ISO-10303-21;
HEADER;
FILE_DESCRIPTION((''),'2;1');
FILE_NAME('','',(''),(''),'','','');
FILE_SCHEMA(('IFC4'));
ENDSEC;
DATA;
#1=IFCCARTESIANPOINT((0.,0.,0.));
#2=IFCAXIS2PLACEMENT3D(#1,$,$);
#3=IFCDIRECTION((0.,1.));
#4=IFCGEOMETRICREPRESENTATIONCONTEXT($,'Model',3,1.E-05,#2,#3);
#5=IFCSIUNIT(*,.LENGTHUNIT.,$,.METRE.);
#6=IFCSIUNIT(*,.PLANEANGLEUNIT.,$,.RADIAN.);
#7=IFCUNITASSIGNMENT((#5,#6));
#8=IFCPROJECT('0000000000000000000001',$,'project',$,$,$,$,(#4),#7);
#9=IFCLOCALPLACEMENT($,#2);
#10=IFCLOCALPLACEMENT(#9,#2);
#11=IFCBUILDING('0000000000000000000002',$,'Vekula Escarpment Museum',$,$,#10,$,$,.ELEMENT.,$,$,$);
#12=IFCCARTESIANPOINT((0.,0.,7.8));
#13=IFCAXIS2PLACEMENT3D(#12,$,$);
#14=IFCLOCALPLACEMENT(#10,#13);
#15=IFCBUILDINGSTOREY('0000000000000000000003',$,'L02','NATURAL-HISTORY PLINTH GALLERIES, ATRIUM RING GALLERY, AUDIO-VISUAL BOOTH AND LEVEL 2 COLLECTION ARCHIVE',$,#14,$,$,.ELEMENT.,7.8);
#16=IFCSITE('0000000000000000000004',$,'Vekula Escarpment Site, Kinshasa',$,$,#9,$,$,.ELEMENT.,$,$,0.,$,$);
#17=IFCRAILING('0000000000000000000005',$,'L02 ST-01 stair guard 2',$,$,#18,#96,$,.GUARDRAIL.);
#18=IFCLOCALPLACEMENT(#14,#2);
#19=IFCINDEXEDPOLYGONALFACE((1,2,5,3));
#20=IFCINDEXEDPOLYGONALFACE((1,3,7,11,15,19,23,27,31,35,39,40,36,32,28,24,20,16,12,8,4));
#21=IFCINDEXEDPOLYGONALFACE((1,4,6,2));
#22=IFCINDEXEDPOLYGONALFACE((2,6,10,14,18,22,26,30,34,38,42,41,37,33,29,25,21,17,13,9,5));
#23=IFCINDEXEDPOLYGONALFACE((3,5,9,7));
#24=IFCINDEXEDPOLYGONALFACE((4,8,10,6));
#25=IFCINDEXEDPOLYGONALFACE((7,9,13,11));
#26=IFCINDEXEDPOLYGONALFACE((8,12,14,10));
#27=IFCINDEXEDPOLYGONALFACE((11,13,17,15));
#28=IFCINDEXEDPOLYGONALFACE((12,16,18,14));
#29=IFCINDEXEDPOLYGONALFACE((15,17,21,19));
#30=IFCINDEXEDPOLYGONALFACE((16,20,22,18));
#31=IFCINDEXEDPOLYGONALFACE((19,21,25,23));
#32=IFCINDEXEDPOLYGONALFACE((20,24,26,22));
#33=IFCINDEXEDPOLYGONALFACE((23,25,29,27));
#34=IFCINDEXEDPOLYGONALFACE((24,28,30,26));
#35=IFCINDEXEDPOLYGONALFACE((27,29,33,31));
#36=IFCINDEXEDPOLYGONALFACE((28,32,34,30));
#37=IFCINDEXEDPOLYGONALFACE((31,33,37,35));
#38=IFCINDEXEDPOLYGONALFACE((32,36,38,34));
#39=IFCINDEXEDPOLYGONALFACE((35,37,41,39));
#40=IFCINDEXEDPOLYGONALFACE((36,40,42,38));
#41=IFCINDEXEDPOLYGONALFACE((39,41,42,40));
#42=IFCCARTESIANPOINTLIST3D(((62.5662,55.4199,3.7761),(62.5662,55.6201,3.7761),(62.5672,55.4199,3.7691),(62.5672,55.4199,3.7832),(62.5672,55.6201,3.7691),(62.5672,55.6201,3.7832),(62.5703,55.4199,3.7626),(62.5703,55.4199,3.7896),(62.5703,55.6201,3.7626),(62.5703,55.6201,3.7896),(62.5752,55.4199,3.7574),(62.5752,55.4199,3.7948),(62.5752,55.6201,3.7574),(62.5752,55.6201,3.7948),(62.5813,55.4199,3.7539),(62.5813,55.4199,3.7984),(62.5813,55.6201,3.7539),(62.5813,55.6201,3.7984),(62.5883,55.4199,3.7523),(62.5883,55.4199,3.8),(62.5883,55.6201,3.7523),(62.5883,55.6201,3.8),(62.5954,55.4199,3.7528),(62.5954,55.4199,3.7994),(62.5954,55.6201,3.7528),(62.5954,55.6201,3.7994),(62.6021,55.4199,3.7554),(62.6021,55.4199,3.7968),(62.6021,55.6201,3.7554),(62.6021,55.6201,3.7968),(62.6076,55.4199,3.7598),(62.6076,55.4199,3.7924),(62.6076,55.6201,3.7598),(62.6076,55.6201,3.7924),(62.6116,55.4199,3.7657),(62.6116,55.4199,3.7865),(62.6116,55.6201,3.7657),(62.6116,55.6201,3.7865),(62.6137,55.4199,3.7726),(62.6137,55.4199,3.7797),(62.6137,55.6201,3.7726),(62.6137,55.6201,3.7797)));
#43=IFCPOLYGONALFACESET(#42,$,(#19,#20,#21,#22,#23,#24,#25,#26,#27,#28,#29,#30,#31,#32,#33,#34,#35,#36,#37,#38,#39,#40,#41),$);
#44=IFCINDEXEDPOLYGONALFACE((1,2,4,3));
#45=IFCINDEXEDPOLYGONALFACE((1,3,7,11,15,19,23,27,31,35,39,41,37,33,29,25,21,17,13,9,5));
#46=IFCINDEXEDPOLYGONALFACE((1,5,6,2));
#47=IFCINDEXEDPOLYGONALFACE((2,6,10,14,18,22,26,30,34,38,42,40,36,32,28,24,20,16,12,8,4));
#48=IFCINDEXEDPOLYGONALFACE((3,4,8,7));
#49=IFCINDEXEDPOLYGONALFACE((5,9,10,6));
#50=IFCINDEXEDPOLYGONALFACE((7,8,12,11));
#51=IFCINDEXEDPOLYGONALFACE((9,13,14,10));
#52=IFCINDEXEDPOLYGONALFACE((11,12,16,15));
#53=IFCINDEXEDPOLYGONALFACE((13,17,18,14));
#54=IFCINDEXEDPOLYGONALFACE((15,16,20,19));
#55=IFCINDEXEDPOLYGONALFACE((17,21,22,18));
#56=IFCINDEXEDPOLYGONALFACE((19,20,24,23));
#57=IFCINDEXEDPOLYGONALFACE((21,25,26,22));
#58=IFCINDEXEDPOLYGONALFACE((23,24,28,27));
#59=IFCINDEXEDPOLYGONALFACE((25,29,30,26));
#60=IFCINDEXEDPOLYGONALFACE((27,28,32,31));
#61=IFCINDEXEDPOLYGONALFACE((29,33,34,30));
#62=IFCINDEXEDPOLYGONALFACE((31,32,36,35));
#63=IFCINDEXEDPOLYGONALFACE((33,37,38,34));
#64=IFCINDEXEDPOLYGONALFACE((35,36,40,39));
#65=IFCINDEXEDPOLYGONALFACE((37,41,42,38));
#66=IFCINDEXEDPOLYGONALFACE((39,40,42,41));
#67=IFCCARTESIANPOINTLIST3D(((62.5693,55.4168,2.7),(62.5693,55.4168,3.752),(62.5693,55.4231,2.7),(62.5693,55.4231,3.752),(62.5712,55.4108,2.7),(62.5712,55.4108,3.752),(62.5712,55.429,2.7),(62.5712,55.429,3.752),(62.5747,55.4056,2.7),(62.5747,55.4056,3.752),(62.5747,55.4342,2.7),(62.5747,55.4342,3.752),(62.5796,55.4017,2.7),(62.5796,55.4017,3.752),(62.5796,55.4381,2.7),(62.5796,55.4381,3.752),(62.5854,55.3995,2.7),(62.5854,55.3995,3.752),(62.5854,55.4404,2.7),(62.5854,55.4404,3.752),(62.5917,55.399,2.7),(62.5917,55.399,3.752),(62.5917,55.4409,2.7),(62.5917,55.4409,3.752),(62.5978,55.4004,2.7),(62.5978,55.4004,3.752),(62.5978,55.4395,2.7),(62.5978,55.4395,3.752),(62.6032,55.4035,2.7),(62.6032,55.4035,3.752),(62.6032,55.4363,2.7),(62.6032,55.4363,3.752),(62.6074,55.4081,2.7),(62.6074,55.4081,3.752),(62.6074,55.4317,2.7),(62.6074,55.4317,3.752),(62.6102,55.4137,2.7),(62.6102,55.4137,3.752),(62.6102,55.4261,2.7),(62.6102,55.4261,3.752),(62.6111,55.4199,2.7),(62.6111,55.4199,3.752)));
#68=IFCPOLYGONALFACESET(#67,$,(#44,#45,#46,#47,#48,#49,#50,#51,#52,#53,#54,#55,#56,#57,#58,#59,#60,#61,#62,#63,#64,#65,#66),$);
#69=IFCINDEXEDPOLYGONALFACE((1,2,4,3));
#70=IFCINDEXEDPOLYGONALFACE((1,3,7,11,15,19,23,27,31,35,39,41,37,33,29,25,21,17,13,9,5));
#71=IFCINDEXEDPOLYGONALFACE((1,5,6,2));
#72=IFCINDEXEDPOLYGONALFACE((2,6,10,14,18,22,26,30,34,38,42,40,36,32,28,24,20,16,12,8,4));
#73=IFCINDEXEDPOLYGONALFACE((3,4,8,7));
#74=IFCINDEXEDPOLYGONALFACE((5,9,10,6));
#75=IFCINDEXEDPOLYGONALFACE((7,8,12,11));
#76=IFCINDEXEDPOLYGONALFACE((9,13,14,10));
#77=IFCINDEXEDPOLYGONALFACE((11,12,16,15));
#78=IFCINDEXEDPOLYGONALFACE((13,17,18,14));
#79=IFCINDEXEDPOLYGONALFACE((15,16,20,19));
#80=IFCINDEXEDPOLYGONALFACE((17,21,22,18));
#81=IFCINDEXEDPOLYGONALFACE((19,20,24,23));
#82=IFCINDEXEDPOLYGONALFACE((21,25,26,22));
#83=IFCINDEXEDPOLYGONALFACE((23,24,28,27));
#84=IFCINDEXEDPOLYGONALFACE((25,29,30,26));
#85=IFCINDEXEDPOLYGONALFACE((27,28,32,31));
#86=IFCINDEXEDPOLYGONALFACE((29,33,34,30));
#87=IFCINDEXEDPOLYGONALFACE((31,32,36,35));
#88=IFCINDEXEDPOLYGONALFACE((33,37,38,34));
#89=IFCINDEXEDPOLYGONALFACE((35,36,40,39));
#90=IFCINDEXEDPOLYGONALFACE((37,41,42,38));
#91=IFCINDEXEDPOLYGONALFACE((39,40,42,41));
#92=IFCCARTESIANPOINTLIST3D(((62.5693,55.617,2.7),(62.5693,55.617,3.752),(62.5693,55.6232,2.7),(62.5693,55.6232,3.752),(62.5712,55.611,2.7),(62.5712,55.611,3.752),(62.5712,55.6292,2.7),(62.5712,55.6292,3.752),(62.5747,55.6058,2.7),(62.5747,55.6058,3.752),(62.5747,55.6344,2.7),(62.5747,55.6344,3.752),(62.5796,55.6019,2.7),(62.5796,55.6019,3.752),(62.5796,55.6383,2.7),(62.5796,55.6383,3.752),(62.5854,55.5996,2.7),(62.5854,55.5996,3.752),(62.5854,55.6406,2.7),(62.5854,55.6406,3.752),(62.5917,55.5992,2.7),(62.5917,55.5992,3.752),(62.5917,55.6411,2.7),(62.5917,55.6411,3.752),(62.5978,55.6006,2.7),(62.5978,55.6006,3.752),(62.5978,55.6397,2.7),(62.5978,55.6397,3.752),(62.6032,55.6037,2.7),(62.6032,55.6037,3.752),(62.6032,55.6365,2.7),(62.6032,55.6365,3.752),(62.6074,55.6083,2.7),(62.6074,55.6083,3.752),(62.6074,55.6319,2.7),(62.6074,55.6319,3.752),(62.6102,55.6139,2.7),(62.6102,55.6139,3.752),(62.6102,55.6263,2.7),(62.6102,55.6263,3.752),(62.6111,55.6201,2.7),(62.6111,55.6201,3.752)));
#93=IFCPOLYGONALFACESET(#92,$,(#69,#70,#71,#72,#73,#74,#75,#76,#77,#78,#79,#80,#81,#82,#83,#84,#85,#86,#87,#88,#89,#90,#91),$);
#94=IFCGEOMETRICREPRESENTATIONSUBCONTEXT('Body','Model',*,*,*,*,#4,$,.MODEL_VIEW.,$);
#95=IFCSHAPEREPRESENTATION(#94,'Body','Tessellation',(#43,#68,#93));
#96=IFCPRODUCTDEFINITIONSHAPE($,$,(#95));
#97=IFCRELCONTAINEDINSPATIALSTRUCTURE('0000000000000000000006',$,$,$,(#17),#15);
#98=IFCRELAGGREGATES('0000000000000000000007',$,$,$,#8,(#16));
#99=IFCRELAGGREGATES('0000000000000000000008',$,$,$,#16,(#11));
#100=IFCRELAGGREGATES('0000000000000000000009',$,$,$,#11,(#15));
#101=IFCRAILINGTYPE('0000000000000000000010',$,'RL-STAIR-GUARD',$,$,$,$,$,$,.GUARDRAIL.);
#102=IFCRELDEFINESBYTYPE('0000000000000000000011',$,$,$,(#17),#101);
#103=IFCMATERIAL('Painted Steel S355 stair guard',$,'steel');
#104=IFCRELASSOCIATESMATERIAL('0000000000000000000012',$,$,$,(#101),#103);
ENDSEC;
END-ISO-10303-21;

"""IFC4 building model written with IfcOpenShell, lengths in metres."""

from ifc_helpers import new_model, si_unit, direction, frame, origin, origin_2d, place, context, subcontext, project, spatial, circle, extrude, material, type_object, element, save


model = new_model("IFC4")

# Units and contexts
model_context = context("Model", 3, precision=1e-05, world=origin(), true_north=direction((0.0, 1.0)))
body_context = subcontext(model_context, "Body", "Model", "MODEL_VIEW")
ifc_project = project(units=[si_unit("LENGTHUNIT", "METRE"), si_unit("PLANEANGLEUNIT", "RADIAN")], contexts=[model_context])

# Site, building, storey
site_placement = place(None, origin())
site = spatial("IfcSite", under=ifc_project, at=site_placement, Name="Vekula Escarpment Site, Kinshasa", CompositionType="ELEMENT", RefElevation=0.0)
building_placement = place(site_placement, origin())
building = spatial("IfcBuilding", under=site, at=building_placement, Name="Vekula Escarpment Museum", CompositionType="ELEMENT")
storey_placement = place(building_placement, frame((0.0, 0.0, 7.8)))
storey = spatial("IfcBuildingStorey", under=building, at=storey_placement, Name="L02", Description="NATURAL-HISTORY PLINTH GALLERIES, ATRIUM RING GALLERY, AUDIO-VISUAL BOOTH AND LEVEL 2 COLLECTION ARCHIVE", CompositionType="ELEMENT", Elevation=7.8)

# Railing
ifc_material_1 = material(Name="Painted Steel S355 stair guard", Category="steel")
railing_type_1 = type_object("IfcRailingType", Name="RL-STAIR-GUARD", PredefinedType="GUARDRAIL", material=ifc_material_1)
railing_1_placement = place(storey_placement, frame((62.5901, 55.4199, 2.7)))
element("IfcRailing", 1, at=railing_1_placement, inside=storey, type_object=railing_type_1, Name="L02 ST-01 stair guard 2", PredefinedType="GUARDRAIL", context=body_context, shape_type="SweptSolid", body=[
    extrude(circle(Radius=0.0239, at=origin_2d()), frame((0.0, 0.0, 1.0762), z_axis=(0.0, 1.0, 0.0), x_axis=(-1.0, 0.0, 0.0)), (0.0, 0.0, 1.0), 0.2002),
    extrude(circle(Radius=0.021, at=origin_2d()), origin(), (0.0, 0.0, 1.0), 1.052),
    extrude(circle(Radius=0.021, at=origin_2d()), frame((0.0, 0.2002, 0.0)), (0.0, 0.0, 1.0), 1.052),
])

save(model, "model.ifc")
